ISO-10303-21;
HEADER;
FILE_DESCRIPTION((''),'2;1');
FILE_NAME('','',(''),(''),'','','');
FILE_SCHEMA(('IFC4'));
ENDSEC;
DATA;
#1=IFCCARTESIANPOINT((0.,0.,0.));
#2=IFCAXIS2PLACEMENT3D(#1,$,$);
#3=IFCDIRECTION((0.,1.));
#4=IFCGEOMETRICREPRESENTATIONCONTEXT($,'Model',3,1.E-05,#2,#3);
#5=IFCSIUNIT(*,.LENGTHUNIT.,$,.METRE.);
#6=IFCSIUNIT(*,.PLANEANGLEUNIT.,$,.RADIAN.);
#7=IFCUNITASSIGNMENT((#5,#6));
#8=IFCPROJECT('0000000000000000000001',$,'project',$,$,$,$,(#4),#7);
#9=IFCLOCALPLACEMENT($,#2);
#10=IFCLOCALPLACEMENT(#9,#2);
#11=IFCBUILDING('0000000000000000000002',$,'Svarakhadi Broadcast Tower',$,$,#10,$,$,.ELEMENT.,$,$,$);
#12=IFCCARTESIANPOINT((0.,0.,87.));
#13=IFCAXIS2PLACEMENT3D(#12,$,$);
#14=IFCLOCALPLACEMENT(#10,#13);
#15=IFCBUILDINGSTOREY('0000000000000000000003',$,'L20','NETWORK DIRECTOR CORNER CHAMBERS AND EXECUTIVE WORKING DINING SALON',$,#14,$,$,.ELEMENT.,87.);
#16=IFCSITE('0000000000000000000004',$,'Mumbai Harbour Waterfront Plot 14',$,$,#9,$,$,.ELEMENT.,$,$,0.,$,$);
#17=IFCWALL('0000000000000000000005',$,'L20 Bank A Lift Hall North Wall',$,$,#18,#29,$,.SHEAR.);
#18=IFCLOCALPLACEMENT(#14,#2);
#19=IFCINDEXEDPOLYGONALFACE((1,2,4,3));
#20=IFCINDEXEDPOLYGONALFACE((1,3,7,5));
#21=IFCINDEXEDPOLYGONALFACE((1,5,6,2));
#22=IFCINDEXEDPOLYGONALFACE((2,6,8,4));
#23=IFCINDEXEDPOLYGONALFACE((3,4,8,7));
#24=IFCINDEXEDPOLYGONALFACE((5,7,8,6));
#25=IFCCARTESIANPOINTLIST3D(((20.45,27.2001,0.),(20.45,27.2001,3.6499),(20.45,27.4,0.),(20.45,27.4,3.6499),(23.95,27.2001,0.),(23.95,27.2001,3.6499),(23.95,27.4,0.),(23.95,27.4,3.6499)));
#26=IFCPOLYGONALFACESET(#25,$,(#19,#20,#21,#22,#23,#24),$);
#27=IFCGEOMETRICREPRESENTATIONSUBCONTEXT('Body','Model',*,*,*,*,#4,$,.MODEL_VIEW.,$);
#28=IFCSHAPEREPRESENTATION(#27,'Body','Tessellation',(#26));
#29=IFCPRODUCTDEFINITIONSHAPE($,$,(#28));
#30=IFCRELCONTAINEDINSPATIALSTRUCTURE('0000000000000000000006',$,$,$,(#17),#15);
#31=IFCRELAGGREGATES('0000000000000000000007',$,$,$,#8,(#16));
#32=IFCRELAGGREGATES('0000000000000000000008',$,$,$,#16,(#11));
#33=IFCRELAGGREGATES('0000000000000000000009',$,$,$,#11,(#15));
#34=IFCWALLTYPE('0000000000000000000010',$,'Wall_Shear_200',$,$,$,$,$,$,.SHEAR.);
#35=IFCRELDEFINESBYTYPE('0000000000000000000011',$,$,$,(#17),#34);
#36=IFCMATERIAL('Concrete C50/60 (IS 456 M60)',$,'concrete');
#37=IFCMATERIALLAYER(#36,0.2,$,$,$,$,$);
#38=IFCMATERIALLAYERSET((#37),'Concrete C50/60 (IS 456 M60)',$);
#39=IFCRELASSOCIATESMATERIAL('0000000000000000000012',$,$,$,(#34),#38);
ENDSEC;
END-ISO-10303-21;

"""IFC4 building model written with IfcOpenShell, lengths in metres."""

from ifc_helpers import new_model, si_unit, direction, frame, frame_2d, origin, place, context, subcontext, project, spatial, rectangle, extrude, material, layer, layer_set, type_object, element, save


model = new_model("IFC4")

# Units and contexts
model_context = context("Model", 3, precision=1e-05, world=origin(), true_north=direction((0.0, 1.0)))
body_context = subcontext(model_context, "Body", "Model", "MODEL_VIEW")
ifc_project = project(units=[si_unit("LENGTHUNIT", "METRE"), si_unit("PLANEANGLEUNIT", "RADIAN")], contexts=[model_context])

# Site, building, storey
site_placement = place(None, origin())
site = spatial("IfcSite", under=ifc_project, at=site_placement, Name="Mumbai Harbour Waterfront Plot 14", CompositionType="ELEMENT", RefElevation=0.0)
building_placement = place(site_placement, origin())
building = spatial("IfcBuilding", under=site, at=building_placement, Name="Svarakhadi Broadcast Tower", CompositionType="ELEMENT")
storey_placement = place(building_placement, frame((0.0, 0.0, 87.0)))
storey = spatial("IfcBuildingStorey", under=building, at=storey_placement, Name="L20", Description="NETWORK DIRECTOR CORNER CHAMBERS AND EXECUTIVE WORKING DINING SALON", CompositionType="ELEMENT", Elevation=87.0)

# Wall
ifc_material_1 = material(Name="Concrete C50/60 (IS 456 M60)", Category="concrete")
ifc_layer_1 = layer(ifc_material_1, 0.2)
ifc_layer_set_1 = layer_set([ifc_layer_1], Name="Concrete C50/60 (IS 456 M60)")
wall_type_1 = type_object("IfcWallType", Name="Wall_Shear_200", PredefinedType="SHEAR", material=ifc_layer_set_1)
wall_1_placement = place(storey_placement, frame((20.45, 27.3, 0.0), z_axis=(0.0, 0.0, 1.0), x_axis=(1.0, 0.0, 0.0)))
element("IfcWall", 1, at=wall_1_placement, inside=storey, type_object=wall_type_1, Name="L20 Bank A Lift Hall North Wall", PredefinedType="SHEAR", context=body_context, shape_type="SweptSolid", body=[
    extrude(rectangle(XDim=3.5, YDim=0.2, at=frame_2d((1.75, 0.0))), origin(), (0.0, 0.0, 1.0), 3.6499),
])

save(model, "model.ifc")
